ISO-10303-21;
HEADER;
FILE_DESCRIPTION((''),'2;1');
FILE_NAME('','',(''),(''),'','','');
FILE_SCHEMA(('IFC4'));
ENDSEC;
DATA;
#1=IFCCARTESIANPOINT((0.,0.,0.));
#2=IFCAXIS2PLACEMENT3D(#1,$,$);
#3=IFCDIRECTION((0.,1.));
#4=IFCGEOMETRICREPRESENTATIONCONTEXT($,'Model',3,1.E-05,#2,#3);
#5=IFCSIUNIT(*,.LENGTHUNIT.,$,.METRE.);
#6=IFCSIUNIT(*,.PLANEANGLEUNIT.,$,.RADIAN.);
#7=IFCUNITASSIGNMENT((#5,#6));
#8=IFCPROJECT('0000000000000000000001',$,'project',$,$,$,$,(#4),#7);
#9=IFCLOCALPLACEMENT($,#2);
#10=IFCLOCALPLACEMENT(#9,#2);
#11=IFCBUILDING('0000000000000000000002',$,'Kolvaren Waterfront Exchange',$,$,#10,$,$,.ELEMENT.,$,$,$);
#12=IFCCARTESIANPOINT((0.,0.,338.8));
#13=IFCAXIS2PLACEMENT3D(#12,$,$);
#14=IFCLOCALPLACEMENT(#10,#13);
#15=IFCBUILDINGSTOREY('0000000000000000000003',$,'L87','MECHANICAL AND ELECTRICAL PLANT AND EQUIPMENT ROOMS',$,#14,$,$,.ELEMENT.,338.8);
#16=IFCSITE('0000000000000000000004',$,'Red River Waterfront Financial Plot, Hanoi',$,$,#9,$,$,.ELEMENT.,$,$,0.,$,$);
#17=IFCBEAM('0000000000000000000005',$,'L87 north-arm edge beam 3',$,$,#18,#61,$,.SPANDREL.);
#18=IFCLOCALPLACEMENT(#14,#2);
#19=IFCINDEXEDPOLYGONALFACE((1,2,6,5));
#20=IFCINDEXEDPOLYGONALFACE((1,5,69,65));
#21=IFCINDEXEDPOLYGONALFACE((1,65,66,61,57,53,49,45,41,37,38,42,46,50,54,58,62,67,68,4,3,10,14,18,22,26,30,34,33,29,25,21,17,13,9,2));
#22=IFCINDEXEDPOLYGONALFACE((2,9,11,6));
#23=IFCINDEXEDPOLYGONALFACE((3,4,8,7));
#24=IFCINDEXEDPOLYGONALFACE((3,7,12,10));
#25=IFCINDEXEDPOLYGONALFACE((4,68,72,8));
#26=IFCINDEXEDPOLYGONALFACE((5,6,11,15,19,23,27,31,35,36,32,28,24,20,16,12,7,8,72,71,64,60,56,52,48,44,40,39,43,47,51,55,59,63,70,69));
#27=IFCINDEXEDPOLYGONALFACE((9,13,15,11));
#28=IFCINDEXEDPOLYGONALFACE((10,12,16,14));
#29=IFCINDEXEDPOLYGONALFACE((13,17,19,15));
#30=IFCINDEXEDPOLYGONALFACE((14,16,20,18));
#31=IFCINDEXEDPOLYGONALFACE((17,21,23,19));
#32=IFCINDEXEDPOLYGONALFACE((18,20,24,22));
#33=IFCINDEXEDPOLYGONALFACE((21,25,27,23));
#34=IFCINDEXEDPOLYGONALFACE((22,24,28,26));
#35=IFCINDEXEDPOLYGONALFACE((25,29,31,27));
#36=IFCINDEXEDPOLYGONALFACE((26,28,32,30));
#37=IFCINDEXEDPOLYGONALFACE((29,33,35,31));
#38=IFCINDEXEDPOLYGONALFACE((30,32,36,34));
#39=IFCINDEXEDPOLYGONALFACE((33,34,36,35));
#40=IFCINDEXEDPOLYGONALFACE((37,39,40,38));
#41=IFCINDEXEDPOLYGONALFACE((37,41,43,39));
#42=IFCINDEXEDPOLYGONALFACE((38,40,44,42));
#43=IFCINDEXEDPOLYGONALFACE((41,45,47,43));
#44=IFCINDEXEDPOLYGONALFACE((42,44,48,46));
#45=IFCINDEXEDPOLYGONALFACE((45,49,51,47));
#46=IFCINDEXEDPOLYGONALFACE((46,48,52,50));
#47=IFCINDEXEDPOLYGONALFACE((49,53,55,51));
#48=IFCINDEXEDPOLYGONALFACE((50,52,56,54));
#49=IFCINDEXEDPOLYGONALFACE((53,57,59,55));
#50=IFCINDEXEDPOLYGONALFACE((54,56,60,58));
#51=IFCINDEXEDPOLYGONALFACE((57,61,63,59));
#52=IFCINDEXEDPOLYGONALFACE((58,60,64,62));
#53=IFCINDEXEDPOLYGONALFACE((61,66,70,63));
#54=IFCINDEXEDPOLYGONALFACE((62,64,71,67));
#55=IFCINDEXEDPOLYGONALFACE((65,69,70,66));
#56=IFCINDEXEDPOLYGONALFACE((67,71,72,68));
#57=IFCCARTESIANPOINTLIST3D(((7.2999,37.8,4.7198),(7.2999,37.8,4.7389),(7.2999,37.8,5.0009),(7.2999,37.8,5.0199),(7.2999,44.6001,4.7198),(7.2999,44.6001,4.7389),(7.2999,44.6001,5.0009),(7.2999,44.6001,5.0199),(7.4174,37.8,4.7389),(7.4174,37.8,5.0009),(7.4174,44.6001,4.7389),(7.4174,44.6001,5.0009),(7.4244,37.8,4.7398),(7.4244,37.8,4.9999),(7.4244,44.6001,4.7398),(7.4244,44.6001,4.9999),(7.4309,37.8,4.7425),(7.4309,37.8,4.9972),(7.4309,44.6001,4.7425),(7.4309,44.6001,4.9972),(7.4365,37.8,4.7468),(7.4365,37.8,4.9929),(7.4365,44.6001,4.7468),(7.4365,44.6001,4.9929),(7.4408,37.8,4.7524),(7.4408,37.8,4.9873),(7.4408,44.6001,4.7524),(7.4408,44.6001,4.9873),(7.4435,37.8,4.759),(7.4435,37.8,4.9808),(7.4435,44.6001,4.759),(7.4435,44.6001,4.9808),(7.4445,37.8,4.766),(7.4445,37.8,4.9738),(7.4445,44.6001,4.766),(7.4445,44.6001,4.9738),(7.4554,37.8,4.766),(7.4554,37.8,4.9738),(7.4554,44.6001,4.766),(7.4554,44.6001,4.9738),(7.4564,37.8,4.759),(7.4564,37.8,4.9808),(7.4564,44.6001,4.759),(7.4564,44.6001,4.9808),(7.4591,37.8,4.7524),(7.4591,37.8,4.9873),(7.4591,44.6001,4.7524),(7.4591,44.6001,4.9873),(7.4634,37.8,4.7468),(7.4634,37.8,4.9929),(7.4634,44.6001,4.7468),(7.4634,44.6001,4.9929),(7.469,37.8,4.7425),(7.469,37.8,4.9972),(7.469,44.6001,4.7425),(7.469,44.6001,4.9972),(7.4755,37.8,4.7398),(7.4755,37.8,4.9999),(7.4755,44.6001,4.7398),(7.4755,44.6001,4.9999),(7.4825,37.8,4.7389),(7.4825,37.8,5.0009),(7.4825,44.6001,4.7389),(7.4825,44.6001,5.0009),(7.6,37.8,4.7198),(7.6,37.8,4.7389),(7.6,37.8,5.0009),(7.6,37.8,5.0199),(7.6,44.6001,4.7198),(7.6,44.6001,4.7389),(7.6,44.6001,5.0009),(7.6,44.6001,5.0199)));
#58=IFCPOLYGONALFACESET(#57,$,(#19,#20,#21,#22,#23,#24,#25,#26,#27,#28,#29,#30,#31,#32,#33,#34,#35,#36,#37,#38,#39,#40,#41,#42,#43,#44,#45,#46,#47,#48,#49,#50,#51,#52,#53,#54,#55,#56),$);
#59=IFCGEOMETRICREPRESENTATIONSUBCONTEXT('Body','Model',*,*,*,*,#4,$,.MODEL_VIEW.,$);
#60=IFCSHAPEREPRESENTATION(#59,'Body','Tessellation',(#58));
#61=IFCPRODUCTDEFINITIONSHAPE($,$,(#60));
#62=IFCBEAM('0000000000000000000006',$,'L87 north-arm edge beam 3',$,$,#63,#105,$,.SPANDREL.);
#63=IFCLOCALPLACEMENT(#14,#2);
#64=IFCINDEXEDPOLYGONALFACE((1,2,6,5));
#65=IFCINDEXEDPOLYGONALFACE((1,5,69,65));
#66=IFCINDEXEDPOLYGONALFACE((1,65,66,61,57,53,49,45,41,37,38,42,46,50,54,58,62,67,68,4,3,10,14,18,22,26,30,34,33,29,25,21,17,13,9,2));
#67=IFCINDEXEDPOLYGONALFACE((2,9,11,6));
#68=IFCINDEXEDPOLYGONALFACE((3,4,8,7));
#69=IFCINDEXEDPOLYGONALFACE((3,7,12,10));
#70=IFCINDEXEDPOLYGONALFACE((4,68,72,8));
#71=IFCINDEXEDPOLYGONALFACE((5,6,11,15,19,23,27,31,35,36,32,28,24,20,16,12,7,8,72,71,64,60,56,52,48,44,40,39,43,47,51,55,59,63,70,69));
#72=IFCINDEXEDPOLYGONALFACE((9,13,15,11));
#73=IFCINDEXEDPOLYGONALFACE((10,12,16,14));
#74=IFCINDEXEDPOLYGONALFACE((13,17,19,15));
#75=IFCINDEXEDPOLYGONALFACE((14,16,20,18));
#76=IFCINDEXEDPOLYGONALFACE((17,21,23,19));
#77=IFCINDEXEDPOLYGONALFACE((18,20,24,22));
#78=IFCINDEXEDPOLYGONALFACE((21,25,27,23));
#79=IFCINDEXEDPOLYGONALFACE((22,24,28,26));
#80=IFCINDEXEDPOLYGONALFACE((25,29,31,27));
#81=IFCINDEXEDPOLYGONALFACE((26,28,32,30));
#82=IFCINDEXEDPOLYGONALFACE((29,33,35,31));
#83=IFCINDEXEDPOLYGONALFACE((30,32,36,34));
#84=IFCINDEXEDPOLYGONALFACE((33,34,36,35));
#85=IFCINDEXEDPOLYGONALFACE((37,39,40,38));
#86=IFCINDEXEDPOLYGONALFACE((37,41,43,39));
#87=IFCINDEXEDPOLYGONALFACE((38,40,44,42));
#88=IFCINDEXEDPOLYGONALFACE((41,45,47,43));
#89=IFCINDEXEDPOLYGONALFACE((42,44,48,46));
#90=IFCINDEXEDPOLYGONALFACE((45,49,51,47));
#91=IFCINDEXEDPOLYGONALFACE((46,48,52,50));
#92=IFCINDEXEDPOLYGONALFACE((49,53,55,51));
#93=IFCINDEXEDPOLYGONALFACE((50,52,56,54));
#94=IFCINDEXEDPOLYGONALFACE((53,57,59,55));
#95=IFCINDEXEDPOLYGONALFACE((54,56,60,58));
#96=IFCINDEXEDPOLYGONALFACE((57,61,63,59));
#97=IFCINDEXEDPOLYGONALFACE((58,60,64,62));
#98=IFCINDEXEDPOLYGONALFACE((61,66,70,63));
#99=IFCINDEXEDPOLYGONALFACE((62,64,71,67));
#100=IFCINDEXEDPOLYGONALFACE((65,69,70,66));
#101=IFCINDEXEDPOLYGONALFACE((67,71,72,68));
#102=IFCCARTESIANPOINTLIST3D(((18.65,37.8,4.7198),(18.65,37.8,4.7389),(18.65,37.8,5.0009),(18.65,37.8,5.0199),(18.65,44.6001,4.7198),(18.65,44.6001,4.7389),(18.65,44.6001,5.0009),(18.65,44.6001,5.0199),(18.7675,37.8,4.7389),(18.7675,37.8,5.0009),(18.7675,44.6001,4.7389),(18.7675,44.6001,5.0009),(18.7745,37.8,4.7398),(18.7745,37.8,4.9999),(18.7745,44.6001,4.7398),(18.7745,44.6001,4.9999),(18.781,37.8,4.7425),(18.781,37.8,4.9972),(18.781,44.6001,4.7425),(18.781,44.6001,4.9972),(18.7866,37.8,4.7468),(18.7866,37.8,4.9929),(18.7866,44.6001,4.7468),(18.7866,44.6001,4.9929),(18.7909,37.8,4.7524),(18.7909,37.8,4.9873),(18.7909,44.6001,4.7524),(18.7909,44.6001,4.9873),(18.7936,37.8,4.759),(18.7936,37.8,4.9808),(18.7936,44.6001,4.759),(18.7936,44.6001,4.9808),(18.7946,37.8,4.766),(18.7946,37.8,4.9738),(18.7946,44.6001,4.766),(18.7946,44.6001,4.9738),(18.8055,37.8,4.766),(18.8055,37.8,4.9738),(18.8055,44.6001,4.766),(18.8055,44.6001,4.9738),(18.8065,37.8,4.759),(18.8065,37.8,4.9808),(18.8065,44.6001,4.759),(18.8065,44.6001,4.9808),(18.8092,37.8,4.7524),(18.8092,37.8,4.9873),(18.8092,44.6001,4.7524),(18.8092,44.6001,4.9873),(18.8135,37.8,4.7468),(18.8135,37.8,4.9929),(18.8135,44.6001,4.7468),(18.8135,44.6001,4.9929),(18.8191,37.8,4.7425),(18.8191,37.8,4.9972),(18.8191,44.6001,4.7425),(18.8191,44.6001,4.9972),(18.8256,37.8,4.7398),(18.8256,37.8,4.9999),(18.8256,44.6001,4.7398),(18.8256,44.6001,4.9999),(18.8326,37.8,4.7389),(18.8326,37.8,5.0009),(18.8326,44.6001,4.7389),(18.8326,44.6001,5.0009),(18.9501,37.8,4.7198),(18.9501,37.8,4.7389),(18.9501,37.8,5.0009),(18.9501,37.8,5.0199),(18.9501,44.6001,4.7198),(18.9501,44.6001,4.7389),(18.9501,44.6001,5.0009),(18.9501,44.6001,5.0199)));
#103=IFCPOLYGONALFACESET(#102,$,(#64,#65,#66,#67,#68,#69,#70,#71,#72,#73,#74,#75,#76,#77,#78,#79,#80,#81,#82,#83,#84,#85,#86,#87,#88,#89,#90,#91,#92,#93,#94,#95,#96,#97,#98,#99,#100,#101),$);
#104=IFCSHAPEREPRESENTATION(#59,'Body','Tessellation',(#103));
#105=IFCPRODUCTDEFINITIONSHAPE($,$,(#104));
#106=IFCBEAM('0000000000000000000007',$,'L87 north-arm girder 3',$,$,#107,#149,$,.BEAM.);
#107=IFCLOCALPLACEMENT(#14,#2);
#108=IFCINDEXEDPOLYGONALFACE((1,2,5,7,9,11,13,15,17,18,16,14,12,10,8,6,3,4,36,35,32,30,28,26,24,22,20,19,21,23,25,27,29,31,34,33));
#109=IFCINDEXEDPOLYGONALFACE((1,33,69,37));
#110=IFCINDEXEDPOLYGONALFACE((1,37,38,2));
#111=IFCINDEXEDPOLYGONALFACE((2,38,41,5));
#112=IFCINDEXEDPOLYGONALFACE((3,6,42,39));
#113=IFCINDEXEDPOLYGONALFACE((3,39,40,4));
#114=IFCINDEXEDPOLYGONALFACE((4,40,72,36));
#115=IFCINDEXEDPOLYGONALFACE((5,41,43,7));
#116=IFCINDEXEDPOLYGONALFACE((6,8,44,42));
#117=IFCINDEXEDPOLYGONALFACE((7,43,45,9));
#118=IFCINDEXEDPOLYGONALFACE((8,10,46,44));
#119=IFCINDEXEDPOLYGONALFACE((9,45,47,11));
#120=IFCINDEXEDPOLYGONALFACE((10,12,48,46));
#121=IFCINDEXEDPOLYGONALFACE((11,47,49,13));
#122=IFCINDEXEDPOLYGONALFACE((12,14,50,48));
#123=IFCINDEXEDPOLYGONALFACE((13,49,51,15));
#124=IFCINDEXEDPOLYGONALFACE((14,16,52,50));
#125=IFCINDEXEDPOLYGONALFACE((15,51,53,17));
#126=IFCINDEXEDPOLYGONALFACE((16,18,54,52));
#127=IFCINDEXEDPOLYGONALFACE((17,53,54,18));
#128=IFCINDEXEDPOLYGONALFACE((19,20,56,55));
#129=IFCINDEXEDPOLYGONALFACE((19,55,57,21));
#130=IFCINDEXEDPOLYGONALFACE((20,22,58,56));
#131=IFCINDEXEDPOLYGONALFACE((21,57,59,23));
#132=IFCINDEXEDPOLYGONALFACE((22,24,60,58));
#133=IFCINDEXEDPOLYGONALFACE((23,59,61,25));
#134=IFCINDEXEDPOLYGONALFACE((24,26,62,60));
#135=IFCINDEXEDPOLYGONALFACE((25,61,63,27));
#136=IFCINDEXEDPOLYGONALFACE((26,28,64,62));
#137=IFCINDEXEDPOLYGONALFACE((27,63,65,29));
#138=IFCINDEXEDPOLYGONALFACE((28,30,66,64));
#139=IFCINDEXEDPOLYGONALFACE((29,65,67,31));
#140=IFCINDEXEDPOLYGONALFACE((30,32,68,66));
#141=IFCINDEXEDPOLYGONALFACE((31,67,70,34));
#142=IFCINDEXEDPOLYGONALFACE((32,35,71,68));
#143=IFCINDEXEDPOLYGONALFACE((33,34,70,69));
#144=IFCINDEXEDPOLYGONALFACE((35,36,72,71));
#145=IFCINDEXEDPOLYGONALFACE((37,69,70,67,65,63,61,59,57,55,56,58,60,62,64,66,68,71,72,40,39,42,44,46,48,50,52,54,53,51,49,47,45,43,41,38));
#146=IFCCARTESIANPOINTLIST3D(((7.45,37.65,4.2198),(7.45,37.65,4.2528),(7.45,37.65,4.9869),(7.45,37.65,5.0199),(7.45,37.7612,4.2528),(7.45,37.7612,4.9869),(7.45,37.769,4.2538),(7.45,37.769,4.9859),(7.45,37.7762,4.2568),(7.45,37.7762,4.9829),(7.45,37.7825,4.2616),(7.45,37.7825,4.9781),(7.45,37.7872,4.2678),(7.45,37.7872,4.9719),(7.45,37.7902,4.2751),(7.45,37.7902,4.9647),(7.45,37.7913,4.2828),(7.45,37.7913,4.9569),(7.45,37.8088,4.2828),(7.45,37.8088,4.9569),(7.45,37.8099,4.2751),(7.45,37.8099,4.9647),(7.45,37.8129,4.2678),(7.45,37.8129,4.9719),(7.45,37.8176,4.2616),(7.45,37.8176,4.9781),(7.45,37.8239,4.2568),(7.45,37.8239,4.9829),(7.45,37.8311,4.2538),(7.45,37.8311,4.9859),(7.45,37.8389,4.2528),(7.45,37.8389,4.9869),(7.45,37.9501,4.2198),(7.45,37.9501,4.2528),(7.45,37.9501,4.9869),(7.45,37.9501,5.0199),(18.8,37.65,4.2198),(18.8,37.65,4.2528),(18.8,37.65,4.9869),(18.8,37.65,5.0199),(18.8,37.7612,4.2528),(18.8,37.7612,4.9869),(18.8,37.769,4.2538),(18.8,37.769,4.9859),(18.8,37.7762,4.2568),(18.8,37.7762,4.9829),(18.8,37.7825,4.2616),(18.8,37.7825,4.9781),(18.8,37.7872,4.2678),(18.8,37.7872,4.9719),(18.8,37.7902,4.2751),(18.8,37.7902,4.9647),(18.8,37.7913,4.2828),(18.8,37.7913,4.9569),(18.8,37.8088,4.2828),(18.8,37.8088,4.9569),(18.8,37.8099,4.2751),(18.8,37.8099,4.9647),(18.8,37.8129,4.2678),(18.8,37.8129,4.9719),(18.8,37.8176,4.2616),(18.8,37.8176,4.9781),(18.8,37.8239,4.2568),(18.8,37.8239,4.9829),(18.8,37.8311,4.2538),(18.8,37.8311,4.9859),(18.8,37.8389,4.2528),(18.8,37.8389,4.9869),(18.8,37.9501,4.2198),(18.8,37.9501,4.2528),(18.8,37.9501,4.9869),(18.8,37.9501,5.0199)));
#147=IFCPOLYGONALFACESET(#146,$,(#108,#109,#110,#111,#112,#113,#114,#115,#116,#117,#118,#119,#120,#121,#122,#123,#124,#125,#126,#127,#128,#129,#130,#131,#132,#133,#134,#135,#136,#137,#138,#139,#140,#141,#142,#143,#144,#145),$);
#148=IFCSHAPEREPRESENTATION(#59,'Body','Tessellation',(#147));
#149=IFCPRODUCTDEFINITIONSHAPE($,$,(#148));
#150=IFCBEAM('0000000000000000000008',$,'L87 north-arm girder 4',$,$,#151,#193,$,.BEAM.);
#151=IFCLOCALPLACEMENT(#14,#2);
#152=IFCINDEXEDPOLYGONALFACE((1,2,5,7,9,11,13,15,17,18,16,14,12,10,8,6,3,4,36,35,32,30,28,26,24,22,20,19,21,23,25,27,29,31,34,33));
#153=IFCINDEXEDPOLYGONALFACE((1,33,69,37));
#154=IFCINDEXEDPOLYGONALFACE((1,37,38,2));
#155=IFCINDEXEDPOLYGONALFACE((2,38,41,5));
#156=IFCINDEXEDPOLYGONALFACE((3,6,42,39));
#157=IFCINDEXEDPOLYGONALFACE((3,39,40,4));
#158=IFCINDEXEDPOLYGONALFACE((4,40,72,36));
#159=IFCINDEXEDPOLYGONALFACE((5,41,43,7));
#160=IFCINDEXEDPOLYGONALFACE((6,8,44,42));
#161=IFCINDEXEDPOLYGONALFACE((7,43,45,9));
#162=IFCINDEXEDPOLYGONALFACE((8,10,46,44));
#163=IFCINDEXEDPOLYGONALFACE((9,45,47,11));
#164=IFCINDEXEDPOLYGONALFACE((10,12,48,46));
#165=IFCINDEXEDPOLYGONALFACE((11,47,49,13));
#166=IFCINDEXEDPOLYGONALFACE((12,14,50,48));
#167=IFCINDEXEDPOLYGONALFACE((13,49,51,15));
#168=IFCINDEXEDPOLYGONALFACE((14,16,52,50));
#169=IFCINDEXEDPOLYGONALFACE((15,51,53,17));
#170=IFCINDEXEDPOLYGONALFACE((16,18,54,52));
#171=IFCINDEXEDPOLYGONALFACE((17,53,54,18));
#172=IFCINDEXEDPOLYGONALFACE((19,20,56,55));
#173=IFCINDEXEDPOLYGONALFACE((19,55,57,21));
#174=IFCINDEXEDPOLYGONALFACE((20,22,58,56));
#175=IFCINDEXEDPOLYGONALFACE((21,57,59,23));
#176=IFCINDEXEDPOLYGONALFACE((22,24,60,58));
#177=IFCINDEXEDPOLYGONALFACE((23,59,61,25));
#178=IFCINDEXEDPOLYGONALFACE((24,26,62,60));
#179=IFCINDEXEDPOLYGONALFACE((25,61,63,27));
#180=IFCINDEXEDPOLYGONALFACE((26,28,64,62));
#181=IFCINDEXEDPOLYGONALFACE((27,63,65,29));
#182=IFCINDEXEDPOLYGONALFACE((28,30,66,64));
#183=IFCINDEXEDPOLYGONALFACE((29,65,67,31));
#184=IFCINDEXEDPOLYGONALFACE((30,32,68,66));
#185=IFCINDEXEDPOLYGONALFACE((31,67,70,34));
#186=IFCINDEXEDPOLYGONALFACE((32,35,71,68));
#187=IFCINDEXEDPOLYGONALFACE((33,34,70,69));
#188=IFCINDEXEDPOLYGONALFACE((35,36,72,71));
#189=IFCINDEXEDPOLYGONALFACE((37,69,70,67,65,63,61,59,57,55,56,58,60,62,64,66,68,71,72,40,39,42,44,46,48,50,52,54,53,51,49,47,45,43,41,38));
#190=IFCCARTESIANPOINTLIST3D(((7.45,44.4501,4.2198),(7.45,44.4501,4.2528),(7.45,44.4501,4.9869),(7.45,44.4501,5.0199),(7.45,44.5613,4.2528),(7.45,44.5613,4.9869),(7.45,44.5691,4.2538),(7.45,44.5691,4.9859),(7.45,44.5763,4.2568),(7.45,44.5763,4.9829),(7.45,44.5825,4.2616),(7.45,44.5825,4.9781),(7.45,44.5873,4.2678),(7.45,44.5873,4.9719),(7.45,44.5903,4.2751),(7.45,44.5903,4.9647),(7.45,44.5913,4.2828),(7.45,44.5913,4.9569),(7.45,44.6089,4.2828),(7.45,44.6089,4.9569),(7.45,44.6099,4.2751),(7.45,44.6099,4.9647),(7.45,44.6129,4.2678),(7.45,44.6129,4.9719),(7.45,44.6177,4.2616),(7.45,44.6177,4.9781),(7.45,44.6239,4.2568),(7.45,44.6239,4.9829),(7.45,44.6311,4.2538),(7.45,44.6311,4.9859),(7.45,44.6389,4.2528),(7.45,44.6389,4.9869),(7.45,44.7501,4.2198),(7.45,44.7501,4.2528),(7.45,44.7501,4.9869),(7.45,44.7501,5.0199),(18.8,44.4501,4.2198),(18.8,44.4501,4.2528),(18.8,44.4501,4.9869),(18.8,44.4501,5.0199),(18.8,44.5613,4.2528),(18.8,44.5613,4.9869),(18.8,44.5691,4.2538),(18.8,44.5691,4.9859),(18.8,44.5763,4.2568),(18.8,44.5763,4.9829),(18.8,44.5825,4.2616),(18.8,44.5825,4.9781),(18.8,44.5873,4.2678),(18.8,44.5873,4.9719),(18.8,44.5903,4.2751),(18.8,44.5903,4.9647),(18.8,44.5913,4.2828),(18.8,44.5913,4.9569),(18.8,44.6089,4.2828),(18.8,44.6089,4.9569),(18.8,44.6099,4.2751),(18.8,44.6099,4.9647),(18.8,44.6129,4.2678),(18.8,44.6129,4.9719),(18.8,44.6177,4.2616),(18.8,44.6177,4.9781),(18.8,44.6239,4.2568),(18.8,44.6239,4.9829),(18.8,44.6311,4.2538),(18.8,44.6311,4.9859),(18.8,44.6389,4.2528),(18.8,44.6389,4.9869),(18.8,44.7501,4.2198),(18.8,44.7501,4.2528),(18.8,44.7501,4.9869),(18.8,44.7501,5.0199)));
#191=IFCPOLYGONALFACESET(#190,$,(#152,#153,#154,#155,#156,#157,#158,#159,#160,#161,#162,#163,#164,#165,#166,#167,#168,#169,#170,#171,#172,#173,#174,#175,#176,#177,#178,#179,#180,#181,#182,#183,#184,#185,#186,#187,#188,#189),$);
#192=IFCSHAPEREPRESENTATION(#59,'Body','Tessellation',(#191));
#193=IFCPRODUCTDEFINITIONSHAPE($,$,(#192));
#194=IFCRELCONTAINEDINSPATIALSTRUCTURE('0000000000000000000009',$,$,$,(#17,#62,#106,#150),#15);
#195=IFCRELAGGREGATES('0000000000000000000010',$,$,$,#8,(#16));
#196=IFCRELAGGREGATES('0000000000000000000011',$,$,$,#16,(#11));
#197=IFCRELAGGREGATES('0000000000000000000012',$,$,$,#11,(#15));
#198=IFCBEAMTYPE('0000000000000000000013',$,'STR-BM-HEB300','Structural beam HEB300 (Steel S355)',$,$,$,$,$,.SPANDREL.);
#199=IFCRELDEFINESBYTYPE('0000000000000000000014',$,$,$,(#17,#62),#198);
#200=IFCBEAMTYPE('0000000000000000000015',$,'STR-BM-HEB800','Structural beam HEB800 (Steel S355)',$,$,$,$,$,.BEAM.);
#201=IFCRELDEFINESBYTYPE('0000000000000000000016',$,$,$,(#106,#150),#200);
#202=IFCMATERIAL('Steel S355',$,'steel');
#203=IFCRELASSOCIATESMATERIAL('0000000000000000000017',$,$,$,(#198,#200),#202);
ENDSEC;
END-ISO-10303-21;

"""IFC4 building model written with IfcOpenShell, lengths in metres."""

from ifc_helpers import new_model, si_unit, direction, frame, origin, origin_2d, place, context, subcontext, project, spatial, i_section, extrude, material, material_profile, profile_set, type_object, element, save


model = new_model("IFC4")

# Units and contexts
model_context = context("Model", 3, precision=1e-05, world=origin(), true_north=direction((0.0, 1.0)))
body_context = subcontext(model_context, "Body", "Model", "MODEL_VIEW")
ifc_project = project(units=[si_unit("LENGTHUNIT", "METRE"), si_unit("PLANEANGLEUNIT", "RADIAN")], contexts=[model_context])

# Site, building, storey
site_placement = place(None, origin())
site = spatial("IfcSite", under=ifc_project, at=site_placement, Name="Red River Waterfront Financial Plot, Hanoi", CompositionType="ELEMENT", RefElevation=0.0)
building_placement = place(site_placement, origin())
building = spatial("IfcBuilding", under=site, at=building_placement, Name="Kolvaren Waterfront Exchange", CompositionType="ELEMENT")
storey_placement = place(building_placement, frame((0.0, 0.0, 338.8)))
storey = spatial("IfcBuildingStorey", under=building, at=storey_placement, Name="L87", Description="MECHANICAL AND ELECTRICAL PLANT AND EQUIPMENT ROOMS", CompositionType="ELEMENT", Elevation=338.8)

# Beams
ifc_material_1 = material(Name="Steel S355", Category="steel")
ifc_material_profile_1 = material_profile(ifc_material_1, i_section(OverallWidth=0.3, OverallDepth=0.3, WebThickness=0.011, FlangeThickness=0.019, FilletRadius=0.0271, at=origin_2d()), Name="HEB300")
ifc_profile_set_1 = profile_set([ifc_material_profile_1], Name="Steel S355")
beam_type_1 = type_object("IfcBeamType", Name="STR-BM-HEB300", Description="Structural beam HEB300 (Steel S355)", PredefinedType="SPANDREL", material=ifc_profile_set_1)
for number, where, z_axis, x_axis, name in (
    (1, (7.45, 37.8, 4.8699), (0.0, 1.0, 0.0), (-1.0, 0.0, 0.0), "L87 north-arm edge beam 3"),
    (2, (18.8, 37.8, 4.8699), (0.0, 1.0, 0.0), (-1.0, 0.0, 0.0), "L87 north-arm edge beam 3"),
):
    element("IfcBeam", number, at=place(storey_placement, frame(where, z_axis=z_axis, x_axis=x_axis)), inside=storey, type_object=beam_type_1, Name=name, PredefinedType="SPANDREL", context=body_context, shape_type="SweptSolid", body=[
        extrude(i_section(OverallWidth=0.3, OverallDepth=0.3, WebThickness=0.011, FlangeThickness=0.019, FilletRadius=0.0271, at=origin_2d()), origin(), (0.0, 0.0, 1.0), 6.8),
    ])
ifc_material_profile_2 = material_profile(ifc_material_1, i_section(OverallWidth=0.3, OverallDepth=0.8, WebThickness=0.0176, FlangeThickness=0.033, FilletRadius=0.03, at=origin_2d()), Name="HEB800")
ifc_profile_set_2 = profile_set([ifc_material_profile_2], Name="Steel S355")
beam_type_2 = type_object("IfcBeamType", Name="STR-BM-HEB800", Description="Structural beam HEB800 (Steel S355)", PredefinedType="BEAM", material=ifc_profile_set_2)
for number, where, z_axis, x_axis, name in (
    (3, (7.45, 37.8, 4.6199), (1.0, 0.0, 0.0), (0.0, 1.0, 0.0), "L87 north-arm girder 3"),
    (4, (7.45, 44.6001, 4.6199), (1.0, 0.0, 0.0), (0.0, 1.0, 0.0), "L87 north-arm girder 4"),
):
    element("IfcBeam", number, at=place(storey_placement, frame(where, z_axis=z_axis, x_axis=x_axis)), inside=storey, type_object=beam_type_2, Name=name, PredefinedType="BEAM", context=body_context, shape_type="SweptSolid", body=[
        extrude(i_section(OverallWidth=0.3, OverallDepth=0.8, WebThickness=0.0176, FlangeThickness=0.033, FilletRadius=0.03, at=origin_2d()), origin(), (0.0, 0.0, 1.0), 11.3501),
    ])

save(model, "model.ifc")
